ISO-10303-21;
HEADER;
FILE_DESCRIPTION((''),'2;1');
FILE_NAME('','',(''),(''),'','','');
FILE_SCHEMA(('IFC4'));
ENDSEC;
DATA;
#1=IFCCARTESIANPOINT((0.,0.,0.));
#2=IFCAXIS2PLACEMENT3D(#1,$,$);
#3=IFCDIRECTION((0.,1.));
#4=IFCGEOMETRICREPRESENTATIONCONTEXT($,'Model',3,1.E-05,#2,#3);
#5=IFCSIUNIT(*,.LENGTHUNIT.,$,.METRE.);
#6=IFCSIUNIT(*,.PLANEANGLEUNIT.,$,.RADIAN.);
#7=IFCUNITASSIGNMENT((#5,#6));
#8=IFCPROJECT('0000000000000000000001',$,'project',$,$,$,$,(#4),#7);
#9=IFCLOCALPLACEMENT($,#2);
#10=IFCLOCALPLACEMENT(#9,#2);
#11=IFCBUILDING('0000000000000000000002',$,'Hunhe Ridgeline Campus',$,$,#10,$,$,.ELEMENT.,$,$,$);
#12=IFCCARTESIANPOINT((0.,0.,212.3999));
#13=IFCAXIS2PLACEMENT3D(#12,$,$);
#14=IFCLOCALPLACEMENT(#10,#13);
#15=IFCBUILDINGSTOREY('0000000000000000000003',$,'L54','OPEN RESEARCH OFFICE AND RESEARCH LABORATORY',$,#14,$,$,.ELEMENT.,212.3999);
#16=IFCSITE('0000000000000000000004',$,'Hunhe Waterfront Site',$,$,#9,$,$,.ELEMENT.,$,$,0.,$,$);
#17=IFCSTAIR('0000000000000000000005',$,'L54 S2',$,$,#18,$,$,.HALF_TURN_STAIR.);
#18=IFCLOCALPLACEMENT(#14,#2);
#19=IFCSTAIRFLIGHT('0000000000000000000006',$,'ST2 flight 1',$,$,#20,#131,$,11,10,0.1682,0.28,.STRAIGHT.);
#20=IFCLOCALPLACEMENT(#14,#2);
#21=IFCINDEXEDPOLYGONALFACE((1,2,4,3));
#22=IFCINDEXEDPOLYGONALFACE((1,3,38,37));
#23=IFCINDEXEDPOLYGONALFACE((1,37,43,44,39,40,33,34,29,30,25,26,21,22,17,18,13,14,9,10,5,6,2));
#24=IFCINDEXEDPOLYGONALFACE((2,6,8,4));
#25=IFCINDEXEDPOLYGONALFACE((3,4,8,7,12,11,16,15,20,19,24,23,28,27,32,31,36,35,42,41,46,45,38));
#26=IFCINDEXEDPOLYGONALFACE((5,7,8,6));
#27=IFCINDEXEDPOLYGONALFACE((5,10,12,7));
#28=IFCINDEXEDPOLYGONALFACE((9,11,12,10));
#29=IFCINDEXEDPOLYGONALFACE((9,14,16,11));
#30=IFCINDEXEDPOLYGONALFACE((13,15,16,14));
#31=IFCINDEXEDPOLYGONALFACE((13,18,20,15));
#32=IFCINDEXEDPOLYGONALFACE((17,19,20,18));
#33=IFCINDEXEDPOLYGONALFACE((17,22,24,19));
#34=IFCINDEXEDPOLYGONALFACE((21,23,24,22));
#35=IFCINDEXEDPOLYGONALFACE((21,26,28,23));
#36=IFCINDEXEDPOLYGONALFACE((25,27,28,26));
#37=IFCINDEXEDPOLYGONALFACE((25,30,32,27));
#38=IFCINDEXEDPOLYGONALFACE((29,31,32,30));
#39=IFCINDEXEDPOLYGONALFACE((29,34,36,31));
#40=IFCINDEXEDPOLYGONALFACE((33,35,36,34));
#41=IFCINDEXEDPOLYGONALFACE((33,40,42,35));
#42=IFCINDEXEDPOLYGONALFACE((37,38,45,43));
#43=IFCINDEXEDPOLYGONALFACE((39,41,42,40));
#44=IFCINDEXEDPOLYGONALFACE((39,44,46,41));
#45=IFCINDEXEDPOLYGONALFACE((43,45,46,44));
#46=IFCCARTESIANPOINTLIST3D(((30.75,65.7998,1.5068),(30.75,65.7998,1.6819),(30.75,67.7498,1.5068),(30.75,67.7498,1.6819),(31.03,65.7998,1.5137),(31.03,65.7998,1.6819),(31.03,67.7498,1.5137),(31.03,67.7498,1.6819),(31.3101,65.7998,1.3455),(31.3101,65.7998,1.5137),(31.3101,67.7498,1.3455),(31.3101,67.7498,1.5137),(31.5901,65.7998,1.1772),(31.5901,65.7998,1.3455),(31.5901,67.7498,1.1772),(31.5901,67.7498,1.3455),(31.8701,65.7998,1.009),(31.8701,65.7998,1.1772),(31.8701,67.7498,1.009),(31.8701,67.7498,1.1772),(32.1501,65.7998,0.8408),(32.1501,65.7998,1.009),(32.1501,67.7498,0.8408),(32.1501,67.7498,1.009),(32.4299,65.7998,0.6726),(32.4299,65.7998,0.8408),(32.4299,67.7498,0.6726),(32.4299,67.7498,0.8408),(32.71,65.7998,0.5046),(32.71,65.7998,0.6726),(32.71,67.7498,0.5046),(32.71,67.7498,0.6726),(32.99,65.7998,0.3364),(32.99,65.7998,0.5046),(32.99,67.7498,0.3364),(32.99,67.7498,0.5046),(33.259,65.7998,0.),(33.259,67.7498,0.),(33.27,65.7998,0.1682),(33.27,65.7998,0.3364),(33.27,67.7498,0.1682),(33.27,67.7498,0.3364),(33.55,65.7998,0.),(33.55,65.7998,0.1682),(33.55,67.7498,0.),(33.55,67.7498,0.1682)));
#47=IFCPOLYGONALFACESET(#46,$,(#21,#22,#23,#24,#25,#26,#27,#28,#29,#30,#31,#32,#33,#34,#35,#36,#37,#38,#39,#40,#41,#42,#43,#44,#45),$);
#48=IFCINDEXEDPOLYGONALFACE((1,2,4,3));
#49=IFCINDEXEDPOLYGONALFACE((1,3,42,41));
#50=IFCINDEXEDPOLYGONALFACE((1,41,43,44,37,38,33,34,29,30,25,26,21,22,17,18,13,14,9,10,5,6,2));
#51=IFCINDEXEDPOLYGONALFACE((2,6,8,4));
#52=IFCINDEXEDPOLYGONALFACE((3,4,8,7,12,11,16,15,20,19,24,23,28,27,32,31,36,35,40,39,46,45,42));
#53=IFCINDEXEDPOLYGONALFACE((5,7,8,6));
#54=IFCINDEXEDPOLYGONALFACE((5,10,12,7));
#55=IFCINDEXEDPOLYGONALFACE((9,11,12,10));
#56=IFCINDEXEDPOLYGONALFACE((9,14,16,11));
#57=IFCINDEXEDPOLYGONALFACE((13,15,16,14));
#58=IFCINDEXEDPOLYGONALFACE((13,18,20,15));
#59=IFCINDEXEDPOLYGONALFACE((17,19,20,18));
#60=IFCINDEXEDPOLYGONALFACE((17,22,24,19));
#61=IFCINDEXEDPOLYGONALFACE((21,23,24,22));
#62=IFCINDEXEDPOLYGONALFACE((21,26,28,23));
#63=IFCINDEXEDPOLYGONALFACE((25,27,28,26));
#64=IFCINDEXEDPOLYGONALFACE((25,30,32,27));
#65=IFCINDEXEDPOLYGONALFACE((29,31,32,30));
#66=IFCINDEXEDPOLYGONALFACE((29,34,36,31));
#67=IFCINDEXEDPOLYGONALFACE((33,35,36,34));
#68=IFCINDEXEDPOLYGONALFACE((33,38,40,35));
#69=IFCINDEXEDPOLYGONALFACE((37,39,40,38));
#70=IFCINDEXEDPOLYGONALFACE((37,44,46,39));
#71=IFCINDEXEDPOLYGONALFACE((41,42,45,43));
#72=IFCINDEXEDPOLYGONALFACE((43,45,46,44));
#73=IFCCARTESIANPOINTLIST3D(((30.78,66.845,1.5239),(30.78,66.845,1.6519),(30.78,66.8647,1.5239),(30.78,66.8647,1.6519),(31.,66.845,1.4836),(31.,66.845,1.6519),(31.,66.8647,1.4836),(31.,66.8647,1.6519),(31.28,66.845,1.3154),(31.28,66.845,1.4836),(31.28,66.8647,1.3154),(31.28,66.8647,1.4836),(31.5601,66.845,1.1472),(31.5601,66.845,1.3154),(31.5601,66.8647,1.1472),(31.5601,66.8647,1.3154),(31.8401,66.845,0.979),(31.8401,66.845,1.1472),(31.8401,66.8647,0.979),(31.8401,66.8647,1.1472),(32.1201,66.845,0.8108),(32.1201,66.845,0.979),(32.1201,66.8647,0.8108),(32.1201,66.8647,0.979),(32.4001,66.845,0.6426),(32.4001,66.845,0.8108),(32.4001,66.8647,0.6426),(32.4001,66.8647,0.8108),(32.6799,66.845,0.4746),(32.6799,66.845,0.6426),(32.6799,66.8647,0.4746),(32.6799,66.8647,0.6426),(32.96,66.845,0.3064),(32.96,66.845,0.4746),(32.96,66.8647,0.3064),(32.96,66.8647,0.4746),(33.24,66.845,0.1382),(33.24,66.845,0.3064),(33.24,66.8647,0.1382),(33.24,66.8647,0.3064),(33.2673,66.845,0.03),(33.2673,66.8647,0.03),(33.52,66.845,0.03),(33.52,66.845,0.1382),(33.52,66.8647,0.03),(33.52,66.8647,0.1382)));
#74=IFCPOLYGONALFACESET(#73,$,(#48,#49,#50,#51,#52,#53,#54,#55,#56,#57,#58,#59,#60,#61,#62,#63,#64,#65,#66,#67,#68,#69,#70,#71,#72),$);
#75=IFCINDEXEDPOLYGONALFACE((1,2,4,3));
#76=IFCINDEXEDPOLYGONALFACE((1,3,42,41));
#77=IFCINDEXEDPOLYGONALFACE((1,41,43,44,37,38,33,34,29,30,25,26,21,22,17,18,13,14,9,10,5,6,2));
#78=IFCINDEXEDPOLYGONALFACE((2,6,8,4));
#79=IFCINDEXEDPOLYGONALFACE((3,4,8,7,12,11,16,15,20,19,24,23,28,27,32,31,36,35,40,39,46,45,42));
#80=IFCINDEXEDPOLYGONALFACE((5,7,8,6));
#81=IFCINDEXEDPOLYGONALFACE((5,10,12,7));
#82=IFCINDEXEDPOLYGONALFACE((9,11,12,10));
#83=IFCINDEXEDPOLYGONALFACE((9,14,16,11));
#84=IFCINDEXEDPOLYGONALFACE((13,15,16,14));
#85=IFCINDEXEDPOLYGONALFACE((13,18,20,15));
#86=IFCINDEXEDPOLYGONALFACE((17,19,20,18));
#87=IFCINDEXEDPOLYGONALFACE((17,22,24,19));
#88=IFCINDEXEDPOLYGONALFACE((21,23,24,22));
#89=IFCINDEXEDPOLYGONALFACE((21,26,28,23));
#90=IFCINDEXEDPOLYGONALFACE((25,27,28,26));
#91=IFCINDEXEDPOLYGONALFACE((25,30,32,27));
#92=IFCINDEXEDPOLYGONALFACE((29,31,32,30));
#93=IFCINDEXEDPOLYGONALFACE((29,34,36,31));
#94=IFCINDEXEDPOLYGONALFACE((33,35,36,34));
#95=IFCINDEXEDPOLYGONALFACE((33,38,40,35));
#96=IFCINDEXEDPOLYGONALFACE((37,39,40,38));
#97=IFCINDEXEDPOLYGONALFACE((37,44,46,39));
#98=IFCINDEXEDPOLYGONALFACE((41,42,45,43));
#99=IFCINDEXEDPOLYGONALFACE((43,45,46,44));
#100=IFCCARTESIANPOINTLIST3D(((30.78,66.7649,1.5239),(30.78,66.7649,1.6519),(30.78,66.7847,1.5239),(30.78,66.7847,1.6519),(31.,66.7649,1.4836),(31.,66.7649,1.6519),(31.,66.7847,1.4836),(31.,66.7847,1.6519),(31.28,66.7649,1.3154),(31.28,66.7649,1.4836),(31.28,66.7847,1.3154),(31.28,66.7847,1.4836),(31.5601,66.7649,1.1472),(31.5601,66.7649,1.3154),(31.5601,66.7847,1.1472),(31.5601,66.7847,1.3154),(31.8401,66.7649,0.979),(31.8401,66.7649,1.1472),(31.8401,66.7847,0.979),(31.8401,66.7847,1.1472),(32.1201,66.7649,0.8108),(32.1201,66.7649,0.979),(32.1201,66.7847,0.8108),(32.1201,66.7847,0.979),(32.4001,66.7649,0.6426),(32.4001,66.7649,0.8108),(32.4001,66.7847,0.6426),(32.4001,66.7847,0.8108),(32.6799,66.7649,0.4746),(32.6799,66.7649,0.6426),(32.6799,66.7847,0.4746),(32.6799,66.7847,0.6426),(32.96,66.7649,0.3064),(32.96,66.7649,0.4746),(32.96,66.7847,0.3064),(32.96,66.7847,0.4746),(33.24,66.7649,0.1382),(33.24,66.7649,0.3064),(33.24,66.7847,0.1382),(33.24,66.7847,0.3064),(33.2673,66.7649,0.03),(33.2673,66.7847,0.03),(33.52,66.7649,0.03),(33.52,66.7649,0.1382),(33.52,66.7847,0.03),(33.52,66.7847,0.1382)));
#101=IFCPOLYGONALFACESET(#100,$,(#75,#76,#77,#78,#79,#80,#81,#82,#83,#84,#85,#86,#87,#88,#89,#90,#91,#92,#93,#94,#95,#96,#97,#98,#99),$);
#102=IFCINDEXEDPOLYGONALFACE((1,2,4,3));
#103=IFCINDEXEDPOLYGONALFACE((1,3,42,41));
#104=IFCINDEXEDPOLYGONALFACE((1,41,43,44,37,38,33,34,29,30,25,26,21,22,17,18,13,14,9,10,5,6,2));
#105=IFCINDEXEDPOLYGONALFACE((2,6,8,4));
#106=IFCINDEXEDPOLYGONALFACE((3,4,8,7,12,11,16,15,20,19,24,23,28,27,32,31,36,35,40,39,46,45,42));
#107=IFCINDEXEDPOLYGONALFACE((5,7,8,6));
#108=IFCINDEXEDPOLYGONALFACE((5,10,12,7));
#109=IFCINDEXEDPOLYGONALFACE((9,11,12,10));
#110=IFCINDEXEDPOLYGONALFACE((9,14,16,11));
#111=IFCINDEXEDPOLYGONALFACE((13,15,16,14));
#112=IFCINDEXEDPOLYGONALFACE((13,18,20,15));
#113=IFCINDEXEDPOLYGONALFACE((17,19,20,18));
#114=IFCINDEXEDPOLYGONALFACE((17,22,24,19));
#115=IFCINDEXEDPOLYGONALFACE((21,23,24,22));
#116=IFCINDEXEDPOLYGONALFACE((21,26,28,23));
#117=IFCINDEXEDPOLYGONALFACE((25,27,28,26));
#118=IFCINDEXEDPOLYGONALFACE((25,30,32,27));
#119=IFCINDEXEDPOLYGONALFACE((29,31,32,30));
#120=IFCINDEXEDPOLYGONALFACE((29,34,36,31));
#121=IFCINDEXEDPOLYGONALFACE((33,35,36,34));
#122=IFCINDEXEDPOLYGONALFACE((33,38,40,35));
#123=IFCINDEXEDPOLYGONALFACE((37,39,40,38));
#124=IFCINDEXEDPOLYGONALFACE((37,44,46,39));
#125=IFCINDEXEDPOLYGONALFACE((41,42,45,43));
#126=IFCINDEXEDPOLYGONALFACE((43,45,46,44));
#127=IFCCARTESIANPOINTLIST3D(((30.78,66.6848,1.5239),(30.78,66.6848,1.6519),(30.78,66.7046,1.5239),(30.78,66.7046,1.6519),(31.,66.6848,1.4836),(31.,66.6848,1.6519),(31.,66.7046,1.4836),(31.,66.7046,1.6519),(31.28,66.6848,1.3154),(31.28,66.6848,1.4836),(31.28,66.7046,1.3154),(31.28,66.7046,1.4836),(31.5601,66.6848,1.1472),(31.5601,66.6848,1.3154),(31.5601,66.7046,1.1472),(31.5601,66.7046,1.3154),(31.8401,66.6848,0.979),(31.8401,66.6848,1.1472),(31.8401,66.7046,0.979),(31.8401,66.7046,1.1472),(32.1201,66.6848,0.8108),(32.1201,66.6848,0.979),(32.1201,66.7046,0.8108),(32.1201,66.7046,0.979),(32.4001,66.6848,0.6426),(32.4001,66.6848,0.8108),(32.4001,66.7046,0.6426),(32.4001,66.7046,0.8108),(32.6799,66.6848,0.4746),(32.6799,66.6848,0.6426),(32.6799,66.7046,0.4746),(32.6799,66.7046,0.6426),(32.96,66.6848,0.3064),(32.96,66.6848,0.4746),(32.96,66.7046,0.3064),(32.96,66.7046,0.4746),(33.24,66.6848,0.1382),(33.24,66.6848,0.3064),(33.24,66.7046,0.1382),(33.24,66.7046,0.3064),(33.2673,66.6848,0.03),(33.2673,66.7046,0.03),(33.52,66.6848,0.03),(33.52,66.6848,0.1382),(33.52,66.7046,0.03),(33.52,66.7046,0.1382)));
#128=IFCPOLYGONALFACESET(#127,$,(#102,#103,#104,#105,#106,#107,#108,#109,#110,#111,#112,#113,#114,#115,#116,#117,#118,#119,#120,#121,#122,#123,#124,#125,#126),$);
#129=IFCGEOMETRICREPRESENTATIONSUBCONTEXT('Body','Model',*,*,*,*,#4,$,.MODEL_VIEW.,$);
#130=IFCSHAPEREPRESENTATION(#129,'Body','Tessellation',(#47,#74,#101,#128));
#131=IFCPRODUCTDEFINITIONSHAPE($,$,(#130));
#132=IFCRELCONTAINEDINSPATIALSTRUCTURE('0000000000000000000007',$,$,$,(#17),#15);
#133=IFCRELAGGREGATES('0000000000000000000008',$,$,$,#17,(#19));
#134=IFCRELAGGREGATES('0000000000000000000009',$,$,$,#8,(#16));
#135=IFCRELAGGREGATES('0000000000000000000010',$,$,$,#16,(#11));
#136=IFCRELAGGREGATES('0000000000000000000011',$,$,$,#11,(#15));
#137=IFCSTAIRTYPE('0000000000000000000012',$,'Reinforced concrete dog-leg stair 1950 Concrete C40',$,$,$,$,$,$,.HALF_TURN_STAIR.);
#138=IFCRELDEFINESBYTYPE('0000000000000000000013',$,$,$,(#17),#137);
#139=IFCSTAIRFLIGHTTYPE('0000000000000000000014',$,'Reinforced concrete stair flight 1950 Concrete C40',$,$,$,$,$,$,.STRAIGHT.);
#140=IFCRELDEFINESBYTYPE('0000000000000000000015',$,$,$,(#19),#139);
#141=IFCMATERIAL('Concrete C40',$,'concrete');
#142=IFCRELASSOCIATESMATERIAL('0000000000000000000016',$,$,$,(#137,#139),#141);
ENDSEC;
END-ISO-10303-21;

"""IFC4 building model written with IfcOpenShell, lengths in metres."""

from ifc_helpers import new_model, si_unit, direction, frame, origin, place, context, subcontext, project, spatial, polyline, outline, extrude, material, type_object, element, aggregate, save


model = new_model("IFC4")

# Units and contexts
model_context = context("Model", 3, precision=1e-05, world=origin(), true_north=direction((0.0, 1.0)))
body_context = subcontext(model_context, "Body", "Model", "MODEL_VIEW")
ifc_project = project(units=[si_unit("LENGTHUNIT", "METRE"), si_unit("PLANEANGLEUNIT", "RADIAN")], contexts=[model_context])

# Site, building, storey
site_placement = place(None, origin())
site = spatial("IfcSite", under=ifc_project, at=site_placement, Name="Hunhe Waterfront Site", CompositionType="ELEMENT", RefElevation=0.0)
building_placement = place(site_placement, origin())
building = spatial("IfcBuilding", under=site, at=building_placement, Name="Hunhe Ridgeline Campus", CompositionType="ELEMENT")
storey_placement = place(building_placement, frame((0.0, 0.0, 212.3999)))
storey = spatial("IfcBuildingStorey", under=building, at=storey_placement, Name="L54", Description="OPEN RESEARCH OFFICE AND RESEARCH LABORATORY", CompositionType="ELEMENT", Elevation=212.3999)

# Stair, stair flight
ifc_material_1 = material(Name="Concrete C40", Category="concrete")
stair_type = type_object("IfcStairType", Name="Reinforced concrete dog-leg stair 1950 Concrete C40", PredefinedType="HALF_TURN_STAIR", material=ifc_material_1)
stair_placement = place(storey_placement, origin())
stair = element("IfcStair", 1, at=stair_placement, inside=storey, type_object=stair_type, Name="L54 S2", PredefinedType="HALF_TURN_STAIR")
stair_flight_type = type_object("IfcStairFlightType", Name="Reinforced concrete stair flight 1950 Concrete C40", PredefinedType="STRAIGHT", material=ifc_material_1)
stair_flight_1_placement = place(storey_placement, frame((33.55, 66.7749, 0.0), z_axis=(0.0, 0.0, 1.0), x_axis=(-1.0, 0.0, 0.0)))
stair_flight_1 = element("IfcStairFlight", 2, at=stair_flight_1_placement, type_object=stair_flight_type, Name="ST2 flight 1", NumberOfRisers=11, NumberOfTreads=10, PredefinedType="STRAIGHT", RiserHeight=0.1682, TreadLength=0.28, context=body_context, shape_type="SweptSolid", body=[
    extrude(outline(polyline([(0.0, 0.0), (0.0, 0.1682), (0.28, 0.1682), (0.28, 0.3364), (0.5601, 0.3364), (0.5601, 0.5046), (0.8401, 0.5046), (0.8401, 0.6726), (1.1201, 0.6726), (1.1201, 0.8408), (1.3999, 0.8408), (1.3999, 1.009), (1.6799, 1.009), (1.6799, 1.1772), (1.96, 1.1772), (1.96, 1.3455), (2.24, 1.3455), (2.24, 1.5137), (2.52, 1.5137), (2.52, 1.6819), (2.8, 1.6819), (2.8, 1.8501), (2.8, 1.5068), (0.291, 0.0), (0.0, 0.0)])), frame((0.0, 0.9751, 0.0), z_axis=(0.0, -1.0, 0.0), x_axis=(1.0, 0.0, 0.0)), (0.0, 0.0, 1.0), 1.95),
    extrude(outline(polyline([(0.03, 0.03), (0.03, 0.1382), (0.3101, 0.1382), (0.3101, 0.3064), (0.5901, 0.3064), (0.5901, 0.4746), (0.8701, 0.4746), (0.8701, 0.6426), (1.1499, 0.6426), (1.1499, 0.8108), (1.4299, 0.8108), (1.4299, 0.979), (1.71, 0.979), (1.71, 1.1472), (1.99, 1.1472), (1.99, 1.3154), (2.27, 1.3154), (2.27, 1.4836), (2.55, 1.4836), (2.55, 1.6519), (2.77, 1.6519), (2.77, 1.5239), (0.2827, 0.03), (0.03, 0.03)])), frame((0.0, -0.0701, 0.0), z_axis=(0.0, -1.0, 0.0), x_axis=(1.0, 0.0, 0.0)), (0.0, 0.0, 1.0), 0.0198),
    extrude(outline(polyline([(0.03, 0.03), (0.03, 0.1382), (0.3101, 0.1382), (0.3101, 0.3064), (0.5901, 0.3064), (0.5901, 0.4746), (0.8701, 0.4746), (0.8701, 0.6426), (1.1499, 0.6426), (1.1499, 0.8108), (1.4299, 0.8108), (1.4299, 0.979), (1.71, 0.979), (1.71, 1.1472), (1.99, 1.1472), (1.99, 1.3154), (2.27, 1.3154), (2.27, 1.4836), (2.55, 1.4836), (2.55, 1.6519), (2.77, 1.6519), (2.77, 1.5239), (0.2827, 0.03), (0.03, 0.03)])), frame((0.0, 0.01, 0.0), z_axis=(0.0, -1.0, 0.0), x_axis=(1.0, 0.0, 0.0)), (0.0, 0.0, 1.0), 0.0198),
    extrude(outline(polyline([(0.03, 0.03), (0.03, 0.1382), (0.3101, 0.1382), (0.3101, 0.3064), (0.5901, 0.3064), (0.5901, 0.4746), (0.8701, 0.4746), (0.8701, 0.6426), (1.1499, 0.6426), (1.1499, 0.8108), (1.4299, 0.8108), (1.4299, 0.979), (1.71, 0.979), (1.71, 1.1472), (1.99, 1.1472), (1.99, 1.3154), (2.27, 1.3154), (2.27, 1.4836), (2.55, 1.4836), (2.55, 1.6519), (2.77, 1.6519), (2.77, 1.5239), (0.2827, 0.03), (0.03, 0.03)])), frame((0.0, 0.0901, 0.0), z_axis=(0.0, -1.0, 0.0), x_axis=(1.0, 0.0, 0.0)), (0.0, 0.0, 1.0), 0.0198),
])
aggregate(stair, [stair_flight_1])

save(model, "model.ifc")
